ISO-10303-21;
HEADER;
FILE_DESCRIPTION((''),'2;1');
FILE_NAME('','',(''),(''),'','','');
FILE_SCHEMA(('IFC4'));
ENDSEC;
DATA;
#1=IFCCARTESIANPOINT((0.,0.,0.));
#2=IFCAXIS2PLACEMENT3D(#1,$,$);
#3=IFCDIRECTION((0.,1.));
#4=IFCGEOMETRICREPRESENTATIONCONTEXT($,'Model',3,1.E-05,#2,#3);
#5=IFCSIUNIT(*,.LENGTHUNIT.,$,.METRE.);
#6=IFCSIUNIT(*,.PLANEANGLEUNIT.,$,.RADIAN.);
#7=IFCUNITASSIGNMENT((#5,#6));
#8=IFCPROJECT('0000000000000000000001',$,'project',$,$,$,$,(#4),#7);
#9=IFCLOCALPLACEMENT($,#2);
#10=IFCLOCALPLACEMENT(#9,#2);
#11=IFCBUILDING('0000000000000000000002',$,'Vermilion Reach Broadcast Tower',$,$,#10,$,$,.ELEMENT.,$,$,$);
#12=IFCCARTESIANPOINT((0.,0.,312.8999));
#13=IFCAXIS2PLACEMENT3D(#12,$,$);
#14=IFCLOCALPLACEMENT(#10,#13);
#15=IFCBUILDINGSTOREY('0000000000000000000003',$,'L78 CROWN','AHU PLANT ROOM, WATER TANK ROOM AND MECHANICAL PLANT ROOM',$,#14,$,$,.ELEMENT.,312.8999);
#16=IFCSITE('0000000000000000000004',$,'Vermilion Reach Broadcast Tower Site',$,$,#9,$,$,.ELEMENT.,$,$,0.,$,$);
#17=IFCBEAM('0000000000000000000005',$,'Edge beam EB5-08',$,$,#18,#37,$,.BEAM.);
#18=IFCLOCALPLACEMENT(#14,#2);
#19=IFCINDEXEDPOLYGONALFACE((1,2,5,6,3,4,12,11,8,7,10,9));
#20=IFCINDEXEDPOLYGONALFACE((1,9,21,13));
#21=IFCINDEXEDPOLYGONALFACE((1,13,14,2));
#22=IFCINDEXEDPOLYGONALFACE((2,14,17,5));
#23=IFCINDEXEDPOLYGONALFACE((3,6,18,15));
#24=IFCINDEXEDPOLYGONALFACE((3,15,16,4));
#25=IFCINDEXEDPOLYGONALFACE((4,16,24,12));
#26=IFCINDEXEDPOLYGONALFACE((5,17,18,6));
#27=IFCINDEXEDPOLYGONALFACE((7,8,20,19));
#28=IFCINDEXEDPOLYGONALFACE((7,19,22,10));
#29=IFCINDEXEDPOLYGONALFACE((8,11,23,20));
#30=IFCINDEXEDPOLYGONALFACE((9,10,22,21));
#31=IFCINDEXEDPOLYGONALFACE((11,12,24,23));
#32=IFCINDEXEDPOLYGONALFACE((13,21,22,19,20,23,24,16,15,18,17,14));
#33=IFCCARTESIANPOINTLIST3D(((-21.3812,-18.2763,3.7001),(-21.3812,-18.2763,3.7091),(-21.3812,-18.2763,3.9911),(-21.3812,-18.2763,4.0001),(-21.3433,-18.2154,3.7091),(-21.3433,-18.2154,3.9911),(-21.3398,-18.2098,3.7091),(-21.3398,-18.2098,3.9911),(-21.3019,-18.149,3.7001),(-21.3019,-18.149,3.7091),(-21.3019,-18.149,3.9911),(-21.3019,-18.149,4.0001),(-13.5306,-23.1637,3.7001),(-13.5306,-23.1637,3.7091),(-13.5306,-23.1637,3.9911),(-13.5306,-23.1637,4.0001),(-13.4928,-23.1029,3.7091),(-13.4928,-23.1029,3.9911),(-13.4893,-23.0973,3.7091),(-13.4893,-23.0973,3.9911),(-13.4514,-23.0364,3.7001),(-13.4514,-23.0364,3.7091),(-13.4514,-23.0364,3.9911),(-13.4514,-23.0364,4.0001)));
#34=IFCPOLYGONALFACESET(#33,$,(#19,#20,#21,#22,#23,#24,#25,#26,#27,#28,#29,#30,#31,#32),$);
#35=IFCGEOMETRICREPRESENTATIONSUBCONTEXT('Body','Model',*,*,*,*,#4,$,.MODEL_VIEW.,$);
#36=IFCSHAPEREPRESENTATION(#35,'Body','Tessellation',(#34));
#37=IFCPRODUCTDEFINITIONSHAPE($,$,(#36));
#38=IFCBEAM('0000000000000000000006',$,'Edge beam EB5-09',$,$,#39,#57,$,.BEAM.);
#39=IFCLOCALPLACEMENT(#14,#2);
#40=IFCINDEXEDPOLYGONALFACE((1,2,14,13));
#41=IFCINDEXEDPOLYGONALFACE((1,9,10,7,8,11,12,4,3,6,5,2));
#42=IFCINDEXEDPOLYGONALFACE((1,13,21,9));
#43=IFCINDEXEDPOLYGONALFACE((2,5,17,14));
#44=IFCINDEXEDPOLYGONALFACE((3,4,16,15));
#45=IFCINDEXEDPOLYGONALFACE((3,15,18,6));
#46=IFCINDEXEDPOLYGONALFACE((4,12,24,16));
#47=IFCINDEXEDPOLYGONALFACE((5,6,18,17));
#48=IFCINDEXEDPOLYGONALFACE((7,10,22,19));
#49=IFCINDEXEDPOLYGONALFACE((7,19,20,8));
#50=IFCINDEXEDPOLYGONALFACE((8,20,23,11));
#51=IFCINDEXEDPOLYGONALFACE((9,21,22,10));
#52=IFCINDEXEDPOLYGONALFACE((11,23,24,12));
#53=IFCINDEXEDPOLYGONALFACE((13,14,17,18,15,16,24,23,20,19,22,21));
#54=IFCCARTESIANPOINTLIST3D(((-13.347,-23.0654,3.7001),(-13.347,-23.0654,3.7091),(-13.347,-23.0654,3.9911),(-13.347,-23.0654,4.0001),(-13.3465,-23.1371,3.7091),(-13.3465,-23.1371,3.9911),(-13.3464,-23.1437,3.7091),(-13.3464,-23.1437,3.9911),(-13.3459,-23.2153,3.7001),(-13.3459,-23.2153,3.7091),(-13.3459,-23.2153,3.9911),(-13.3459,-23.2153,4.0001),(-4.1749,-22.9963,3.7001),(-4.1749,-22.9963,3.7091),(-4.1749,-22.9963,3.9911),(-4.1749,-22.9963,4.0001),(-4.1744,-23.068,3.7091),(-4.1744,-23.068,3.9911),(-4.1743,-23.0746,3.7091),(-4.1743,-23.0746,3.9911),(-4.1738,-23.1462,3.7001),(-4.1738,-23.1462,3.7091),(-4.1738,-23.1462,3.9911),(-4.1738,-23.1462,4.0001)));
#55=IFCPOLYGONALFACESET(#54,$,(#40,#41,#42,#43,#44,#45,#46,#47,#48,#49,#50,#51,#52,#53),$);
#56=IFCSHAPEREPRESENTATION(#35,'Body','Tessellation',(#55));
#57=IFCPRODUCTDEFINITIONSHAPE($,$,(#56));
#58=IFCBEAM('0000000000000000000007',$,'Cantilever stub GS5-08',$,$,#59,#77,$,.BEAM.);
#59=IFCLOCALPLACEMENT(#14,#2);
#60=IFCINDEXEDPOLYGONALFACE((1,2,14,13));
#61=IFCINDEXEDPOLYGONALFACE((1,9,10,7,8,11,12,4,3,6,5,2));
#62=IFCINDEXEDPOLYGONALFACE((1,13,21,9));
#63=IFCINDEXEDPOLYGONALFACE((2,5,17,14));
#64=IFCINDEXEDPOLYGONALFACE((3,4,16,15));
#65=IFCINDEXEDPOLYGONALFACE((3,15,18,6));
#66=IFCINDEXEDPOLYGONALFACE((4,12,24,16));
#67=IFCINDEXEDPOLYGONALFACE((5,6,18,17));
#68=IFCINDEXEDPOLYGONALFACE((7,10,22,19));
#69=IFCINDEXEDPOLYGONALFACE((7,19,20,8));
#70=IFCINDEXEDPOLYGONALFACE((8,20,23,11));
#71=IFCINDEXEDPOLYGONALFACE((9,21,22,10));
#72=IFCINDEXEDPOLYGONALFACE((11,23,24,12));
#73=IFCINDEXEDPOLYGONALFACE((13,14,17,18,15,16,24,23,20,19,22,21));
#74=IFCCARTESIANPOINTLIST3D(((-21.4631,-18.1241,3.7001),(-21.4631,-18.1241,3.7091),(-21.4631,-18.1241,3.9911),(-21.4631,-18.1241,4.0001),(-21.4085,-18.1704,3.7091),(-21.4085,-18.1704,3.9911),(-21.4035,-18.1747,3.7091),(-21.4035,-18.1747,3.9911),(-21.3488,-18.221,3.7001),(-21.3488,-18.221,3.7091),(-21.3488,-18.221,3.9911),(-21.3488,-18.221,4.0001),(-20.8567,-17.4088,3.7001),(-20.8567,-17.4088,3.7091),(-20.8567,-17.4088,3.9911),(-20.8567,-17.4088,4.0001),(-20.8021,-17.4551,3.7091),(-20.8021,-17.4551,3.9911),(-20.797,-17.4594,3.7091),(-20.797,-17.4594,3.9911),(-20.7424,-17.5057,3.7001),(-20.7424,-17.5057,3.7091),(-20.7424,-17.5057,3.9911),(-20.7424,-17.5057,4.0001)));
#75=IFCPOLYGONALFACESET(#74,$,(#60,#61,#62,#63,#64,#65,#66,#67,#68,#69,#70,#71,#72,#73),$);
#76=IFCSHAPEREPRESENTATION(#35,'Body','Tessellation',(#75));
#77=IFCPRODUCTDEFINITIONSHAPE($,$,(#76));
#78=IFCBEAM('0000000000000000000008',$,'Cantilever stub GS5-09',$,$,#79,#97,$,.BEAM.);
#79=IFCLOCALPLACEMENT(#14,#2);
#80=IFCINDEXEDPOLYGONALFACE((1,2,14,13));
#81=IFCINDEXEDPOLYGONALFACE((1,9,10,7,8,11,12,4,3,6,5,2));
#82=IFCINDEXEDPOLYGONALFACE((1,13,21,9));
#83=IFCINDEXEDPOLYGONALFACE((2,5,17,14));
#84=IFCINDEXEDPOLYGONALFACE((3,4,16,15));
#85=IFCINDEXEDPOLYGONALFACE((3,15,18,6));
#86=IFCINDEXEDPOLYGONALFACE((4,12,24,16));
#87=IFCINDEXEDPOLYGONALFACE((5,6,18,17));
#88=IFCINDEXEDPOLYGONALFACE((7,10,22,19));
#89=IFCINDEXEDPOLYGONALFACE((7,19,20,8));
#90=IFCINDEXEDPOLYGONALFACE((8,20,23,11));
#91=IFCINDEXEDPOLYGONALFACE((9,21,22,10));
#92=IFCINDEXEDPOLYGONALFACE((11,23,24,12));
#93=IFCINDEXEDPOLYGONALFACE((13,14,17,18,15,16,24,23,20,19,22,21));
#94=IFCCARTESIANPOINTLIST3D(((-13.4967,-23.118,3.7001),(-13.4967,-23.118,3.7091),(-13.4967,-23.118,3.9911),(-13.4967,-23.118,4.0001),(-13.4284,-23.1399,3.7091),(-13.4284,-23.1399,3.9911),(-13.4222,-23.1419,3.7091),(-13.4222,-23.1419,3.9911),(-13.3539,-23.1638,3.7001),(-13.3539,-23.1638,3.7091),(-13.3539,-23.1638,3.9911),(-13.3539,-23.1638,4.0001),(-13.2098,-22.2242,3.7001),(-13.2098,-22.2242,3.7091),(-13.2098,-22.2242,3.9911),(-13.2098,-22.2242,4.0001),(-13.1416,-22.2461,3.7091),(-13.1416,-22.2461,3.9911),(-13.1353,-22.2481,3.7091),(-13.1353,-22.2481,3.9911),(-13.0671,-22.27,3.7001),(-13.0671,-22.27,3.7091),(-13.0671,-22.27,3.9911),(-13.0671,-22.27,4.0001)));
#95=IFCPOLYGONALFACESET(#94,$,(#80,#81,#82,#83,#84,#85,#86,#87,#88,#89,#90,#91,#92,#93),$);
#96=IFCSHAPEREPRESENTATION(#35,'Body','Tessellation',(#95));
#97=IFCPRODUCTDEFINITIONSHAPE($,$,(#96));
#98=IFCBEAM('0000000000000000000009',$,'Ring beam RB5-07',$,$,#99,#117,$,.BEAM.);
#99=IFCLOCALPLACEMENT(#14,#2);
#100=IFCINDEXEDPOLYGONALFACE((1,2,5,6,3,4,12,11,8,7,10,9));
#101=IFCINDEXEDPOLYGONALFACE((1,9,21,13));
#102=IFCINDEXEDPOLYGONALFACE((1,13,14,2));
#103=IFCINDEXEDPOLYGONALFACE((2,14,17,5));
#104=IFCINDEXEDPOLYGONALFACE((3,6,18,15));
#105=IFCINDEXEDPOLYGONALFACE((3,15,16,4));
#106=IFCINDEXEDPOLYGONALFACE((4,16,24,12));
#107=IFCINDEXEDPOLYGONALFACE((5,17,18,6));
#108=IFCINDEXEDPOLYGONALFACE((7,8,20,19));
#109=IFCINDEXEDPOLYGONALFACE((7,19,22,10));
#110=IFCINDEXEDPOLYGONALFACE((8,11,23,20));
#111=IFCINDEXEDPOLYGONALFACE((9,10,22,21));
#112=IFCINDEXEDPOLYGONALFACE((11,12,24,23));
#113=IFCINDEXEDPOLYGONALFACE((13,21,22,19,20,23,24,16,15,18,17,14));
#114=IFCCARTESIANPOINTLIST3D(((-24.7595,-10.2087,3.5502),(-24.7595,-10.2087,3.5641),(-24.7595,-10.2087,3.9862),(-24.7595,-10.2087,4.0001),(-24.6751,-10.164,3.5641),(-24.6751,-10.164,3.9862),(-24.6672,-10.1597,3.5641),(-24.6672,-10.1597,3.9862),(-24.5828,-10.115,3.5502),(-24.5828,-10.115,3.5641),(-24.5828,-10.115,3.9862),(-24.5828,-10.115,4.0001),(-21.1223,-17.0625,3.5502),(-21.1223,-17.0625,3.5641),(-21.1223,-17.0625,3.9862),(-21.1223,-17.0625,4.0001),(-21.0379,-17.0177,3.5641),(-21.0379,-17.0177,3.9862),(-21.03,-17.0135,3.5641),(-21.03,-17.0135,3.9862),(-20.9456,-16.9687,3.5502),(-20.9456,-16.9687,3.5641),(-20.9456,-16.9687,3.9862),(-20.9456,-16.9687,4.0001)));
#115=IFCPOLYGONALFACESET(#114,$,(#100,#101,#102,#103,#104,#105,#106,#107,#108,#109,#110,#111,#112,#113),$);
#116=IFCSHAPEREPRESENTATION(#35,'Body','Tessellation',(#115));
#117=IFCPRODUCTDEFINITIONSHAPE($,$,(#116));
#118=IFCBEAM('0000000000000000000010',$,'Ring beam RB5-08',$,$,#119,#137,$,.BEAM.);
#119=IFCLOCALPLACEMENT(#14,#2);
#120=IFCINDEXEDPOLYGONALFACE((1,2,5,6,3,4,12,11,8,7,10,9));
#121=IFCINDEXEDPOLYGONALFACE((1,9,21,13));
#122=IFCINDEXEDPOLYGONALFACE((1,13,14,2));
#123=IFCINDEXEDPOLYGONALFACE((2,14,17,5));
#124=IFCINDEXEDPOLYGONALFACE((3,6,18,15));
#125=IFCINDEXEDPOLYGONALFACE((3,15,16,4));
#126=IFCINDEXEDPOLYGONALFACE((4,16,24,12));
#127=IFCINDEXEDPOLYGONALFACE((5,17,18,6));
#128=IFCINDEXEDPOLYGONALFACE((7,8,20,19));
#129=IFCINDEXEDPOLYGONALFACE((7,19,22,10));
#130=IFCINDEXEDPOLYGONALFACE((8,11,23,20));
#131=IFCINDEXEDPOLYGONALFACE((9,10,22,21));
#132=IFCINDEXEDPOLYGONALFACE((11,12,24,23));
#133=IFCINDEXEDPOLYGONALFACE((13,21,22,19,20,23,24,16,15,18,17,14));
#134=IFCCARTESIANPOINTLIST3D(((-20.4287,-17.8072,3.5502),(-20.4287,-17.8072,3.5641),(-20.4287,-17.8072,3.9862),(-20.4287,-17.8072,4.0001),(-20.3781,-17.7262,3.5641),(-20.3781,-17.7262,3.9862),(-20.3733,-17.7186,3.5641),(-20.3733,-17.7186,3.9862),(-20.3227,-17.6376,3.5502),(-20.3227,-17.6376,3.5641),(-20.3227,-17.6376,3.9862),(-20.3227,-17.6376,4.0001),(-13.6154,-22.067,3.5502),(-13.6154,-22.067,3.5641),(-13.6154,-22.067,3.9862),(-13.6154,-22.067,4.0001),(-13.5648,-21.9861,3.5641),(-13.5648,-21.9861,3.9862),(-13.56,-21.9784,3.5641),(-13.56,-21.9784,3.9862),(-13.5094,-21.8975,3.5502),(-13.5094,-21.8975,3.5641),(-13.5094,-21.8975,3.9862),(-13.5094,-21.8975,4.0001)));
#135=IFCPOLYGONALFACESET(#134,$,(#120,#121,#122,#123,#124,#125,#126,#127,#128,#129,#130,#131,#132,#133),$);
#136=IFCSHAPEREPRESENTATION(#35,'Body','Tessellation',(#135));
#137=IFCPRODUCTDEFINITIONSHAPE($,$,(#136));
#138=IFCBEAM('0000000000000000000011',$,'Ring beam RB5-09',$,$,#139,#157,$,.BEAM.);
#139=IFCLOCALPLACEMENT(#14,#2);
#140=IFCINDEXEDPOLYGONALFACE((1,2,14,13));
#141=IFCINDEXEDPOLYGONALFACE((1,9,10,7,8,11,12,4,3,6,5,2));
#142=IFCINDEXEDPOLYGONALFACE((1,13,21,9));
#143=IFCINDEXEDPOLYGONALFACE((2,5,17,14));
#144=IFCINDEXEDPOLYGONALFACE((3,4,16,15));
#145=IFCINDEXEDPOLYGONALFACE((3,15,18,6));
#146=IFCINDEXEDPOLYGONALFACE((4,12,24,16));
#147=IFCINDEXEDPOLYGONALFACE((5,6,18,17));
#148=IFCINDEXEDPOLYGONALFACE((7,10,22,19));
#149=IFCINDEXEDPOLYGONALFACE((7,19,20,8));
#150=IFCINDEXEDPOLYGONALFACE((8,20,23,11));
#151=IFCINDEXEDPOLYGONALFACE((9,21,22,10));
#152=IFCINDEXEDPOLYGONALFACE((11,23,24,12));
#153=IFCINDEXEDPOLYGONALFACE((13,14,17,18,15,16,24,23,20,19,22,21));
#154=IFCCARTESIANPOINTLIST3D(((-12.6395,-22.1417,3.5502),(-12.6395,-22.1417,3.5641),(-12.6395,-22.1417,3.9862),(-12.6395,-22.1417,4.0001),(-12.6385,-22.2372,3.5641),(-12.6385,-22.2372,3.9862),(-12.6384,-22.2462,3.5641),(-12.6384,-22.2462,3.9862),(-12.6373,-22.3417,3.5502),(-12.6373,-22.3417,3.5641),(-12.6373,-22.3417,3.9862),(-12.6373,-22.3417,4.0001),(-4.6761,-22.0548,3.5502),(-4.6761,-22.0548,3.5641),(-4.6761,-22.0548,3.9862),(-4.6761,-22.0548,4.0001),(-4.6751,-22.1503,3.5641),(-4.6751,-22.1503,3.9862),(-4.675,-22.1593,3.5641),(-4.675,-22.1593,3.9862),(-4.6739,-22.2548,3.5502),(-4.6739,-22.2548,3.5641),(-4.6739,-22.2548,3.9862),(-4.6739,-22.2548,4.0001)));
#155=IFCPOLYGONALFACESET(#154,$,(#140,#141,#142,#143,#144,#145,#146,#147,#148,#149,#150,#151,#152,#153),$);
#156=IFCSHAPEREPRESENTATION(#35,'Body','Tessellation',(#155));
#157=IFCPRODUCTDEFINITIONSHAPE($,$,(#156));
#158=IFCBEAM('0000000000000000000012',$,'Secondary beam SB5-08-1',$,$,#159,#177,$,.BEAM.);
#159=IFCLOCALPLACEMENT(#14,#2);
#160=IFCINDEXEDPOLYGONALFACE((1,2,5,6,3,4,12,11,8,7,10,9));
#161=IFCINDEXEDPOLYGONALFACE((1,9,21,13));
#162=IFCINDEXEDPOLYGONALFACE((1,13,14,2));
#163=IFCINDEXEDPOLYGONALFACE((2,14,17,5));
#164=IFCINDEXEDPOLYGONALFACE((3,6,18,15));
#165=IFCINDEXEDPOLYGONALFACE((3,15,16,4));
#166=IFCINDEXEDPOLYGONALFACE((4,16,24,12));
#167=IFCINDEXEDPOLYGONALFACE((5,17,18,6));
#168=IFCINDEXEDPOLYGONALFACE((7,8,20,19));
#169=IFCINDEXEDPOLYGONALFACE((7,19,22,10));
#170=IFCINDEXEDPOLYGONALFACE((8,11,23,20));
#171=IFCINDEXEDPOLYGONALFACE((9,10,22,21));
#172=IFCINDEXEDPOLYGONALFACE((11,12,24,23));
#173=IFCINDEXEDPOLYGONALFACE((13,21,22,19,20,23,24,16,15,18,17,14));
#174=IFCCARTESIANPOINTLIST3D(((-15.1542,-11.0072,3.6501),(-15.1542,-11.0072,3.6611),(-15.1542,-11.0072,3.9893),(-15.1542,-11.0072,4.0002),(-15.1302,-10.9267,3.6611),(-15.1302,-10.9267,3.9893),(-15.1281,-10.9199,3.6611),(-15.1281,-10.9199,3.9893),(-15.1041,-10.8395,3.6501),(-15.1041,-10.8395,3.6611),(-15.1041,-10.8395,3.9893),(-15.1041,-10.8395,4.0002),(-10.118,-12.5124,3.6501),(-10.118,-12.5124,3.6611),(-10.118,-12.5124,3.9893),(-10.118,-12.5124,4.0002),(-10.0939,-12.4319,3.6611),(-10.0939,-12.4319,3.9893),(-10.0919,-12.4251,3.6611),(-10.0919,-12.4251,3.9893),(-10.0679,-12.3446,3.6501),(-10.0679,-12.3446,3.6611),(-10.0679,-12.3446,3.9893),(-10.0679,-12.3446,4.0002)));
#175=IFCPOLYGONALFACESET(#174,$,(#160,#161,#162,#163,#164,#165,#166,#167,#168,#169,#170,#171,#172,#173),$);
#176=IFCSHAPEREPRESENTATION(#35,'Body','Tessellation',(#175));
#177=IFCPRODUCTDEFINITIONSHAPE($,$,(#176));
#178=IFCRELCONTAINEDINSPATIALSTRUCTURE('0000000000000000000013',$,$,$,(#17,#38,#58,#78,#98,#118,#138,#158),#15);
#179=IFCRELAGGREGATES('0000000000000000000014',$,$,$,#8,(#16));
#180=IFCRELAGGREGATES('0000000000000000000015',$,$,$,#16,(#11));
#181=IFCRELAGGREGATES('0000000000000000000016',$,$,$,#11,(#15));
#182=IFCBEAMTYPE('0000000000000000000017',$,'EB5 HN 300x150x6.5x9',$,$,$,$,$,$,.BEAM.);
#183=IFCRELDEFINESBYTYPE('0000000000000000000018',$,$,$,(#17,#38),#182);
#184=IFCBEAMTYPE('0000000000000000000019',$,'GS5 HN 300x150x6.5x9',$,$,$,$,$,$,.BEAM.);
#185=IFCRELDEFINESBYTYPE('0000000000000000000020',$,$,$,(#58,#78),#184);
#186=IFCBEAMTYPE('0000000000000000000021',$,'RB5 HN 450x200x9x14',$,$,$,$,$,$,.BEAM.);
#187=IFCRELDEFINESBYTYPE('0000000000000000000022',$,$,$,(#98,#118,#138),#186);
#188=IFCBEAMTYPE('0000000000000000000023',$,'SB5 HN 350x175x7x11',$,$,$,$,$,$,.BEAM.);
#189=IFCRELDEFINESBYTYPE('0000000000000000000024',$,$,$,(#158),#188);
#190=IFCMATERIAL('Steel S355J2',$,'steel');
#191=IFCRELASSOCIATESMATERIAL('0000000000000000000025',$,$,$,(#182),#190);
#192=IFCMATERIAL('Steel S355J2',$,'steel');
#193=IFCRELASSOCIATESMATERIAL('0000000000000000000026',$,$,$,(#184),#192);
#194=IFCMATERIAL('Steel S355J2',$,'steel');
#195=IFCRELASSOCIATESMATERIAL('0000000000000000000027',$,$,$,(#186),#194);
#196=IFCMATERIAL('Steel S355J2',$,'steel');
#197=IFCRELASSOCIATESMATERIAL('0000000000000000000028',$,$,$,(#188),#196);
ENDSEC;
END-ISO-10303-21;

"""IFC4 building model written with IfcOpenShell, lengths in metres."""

from ifc_helpers import new_model, si_unit, direction, frame, origin, origin_2d, place, context, subcontext, project, spatial, i_section, extrude, material, material_profile, profile_set, type_object, element, save


model = new_model("IFC4")

# Units and contexts
model_context = context("Model", 3, precision=1e-05, world=origin(), true_north=direction((0.0, 1.0)))
body_context = subcontext(model_context, "Body", "Model", "MODEL_VIEW")
ifc_project = project(units=[si_unit("LENGTHUNIT", "METRE"), si_unit("PLANEANGLEUNIT", "RADIAN")], contexts=[model_context])

# Site, building, storey
site_placement = place(None, origin())
site = spatial("IfcSite", under=ifc_project, at=site_placement, Name="Vermilion Reach Broadcast Tower Site", CompositionType="ELEMENT", RefElevation=0.0)
building_placement = place(site_placement, origin())
building = spatial("IfcBuilding", under=site, at=building_placement, Name="Vermilion Reach Broadcast Tower", CompositionType="ELEMENT")
storey_placement = place(building_placement, frame((0.0, 0.0, 312.8999)))
storey = spatial("IfcBuildingStorey", under=building, at=storey_placement, Name="L78 CROWN", Description="AHU PLANT ROOM, WATER TANK ROOM AND MECHANICAL PLANT ROOM", CompositionType="ELEMENT", Elevation=312.8999)

# Beams
ifc_material_1 = material(Name="Steel S355J2", Category="steel")
ifc_material_profile_1 = material_profile(ifc_material_1, i_section(OverallWidth=0.1499, OverallDepth=0.3, WebThickness=0.0066, FlangeThickness=0.009, at=origin_2d()), Name="S355J2 HN 300x150x6.5x9")
ifc_profile_set_1 = profile_set([ifc_material_profile_1], Name="Steel S355J2")
beam_type_1 = type_object("IfcBeamType", Name="EB5 HN 300x150x6.5x9", PredefinedType="BEAM", material=ifc_profile_set_1)
beam_1_placement = place(storey_placement, frame((-21.3416, -18.2126, 3.8501), z_axis=(0.848928, -0.528508, 0.0), x_axis=(0.528508, 0.848928, 0.0)))
element("IfcBeam", 1, at=beam_1_placement, inside=storey, type_object=beam_type_1, Name="Edge beam EB5-08", PredefinedType="BEAM", context=body_context, shape_type="SweptSolid", body=[
    extrude(i_section(OverallWidth=0.1499, OverallDepth=0.3, WebThickness=0.0066, FlangeThickness=0.009, at=origin_2d()), origin(), (0.0, 0.0, 1.0), 9.2476),
])
beam_2_placement = place(storey_placement, frame((-13.3464, -23.1404, 3.8501), z_axis=(0.999972, 0.007533, 0.0), x_axis=(-0.007533, 0.999972, 0.0)))
element("IfcBeam", 2, at=beam_2_placement, inside=storey, type_object=beam_type_1, Name="Edge beam EB5-09", PredefinedType="BEAM", context=body_context, shape_type="SweptSolid", body=[
    extrude(i_section(OverallWidth=0.1499, OverallDepth=0.3, WebThickness=0.0066, FlangeThickness=0.009, at=origin_2d()), origin(), (0.0, 0.0, 1.0), 9.1724),
])
ifc_material_2 = material(Name="Steel S355J2", Category="steel")
ifc_material_profile_2 = material_profile(ifc_material_2, i_section(OverallWidth=0.1499, OverallDepth=0.3, WebThickness=0.0066, FlangeThickness=0.009, at=origin_2d()), Name="S355J2 HN 300x150x6.5x9")
ifc_profile_set_2 = profile_set([ifc_material_profile_2], Name="Steel S355J2")
beam_type_2 = type_object("IfcBeamType", Name="GS5 HN 300x150x6.5x9", PredefinedType="BEAM", material=ifc_profile_set_2)
beam_3_placement = place(storey_placement, frame((-20.7996, -17.4573, 3.8501), z_axis=(-0.646665, -0.762774, 0.0), x_axis=(0.762774, -0.646665, 0.0)))
element("IfcBeam", 3, at=beam_3_placement, inside=storey, type_object=beam_type_2, Name="Cantilever stub GS5-08", PredefinedType="BEAM", context=body_context, shape_type="SweptSolid", body=[
    extrude(i_section(OverallWidth=0.1499, OverallDepth=0.3, WebThickness=0.0066, FlangeThickness=0.009, at=origin_2d()), origin(), (0.0, 0.0, 1.0), 0.9377),
])
beam_4_placement = place(storey_placement, frame((-13.1384, -22.2471, 3.8501), z_axis=(-0.305597, -0.952161, 0.0), x_axis=(0.952161, -0.305597, 0.0)))
element("IfcBeam", 4, at=beam_4_placement, inside=storey, type_object=beam_type_2, Name="Cantilever stub GS5-09", PredefinedType="BEAM", context=body_context, shape_type="SweptSolid", body=[
    extrude(i_section(OverallWidth=0.1499, OverallDepth=0.3, WebThickness=0.0066, FlangeThickness=0.009, at=origin_2d()), origin(), (0.0, 0.0, 1.0), 0.9387),
])
ifc_material_3 = material(Name="Steel S355J2", Category="steel")
ifc_material_profile_3 = material_profile(ifc_material_3, i_section(OverallWidth=0.2, OverallDepth=0.45, WebThickness=0.009, FlangeThickness=0.0139, at=origin_2d()), Name="S355J2 HN 450x200x9x14")
ifc_profile_set_3 = profile_set([ifc_material_profile_3], Name="Steel S355J2")
beam_type_3 = type_object("IfcBeamType", Name="RB5 HN 450x200x9x14", PredefinedType="BEAM", material=ifc_profile_set_3)
beam_5_placement = place(storey_placement, frame((-24.6711, -10.1619, 3.7751), z_axis=(0.468768, -0.883321, 0.0), x_axis=(0.883321, 0.468768, 0.0)))
element("IfcBeam", 5, at=beam_5_placement, inside=storey, type_object=beam_type_3, Name="Ring beam RB5-07", PredefinedType="BEAM", context=body_context, shape_type="SweptSolid", body=[
    extrude(i_section(OverallWidth=0.2, OverallDepth=0.45, WebThickness=0.009, FlangeThickness=0.0139, at=origin_2d()), origin(), (0.0, 0.0, 1.0), 7.759),
])
beam_6_placement = place(storey_placement, frame((-20.3757, -17.7224, 3.7751), z_axis=(0.847915, -0.530133, 0.0), x_axis=(0.530133, 0.847915, 0.0)))
element("IfcBeam", 6, at=beam_6_placement, inside=storey, type_object=beam_type_3, Name="Ring beam RB5-08", PredefinedType="BEAM", context=body_context, shape_type="SweptSolid", body=[
    extrude(i_section(OverallWidth=0.2, OverallDepth=0.45, WebThickness=0.009, FlangeThickness=0.0139, at=origin_2d()), origin(), (0.0, 0.0, 1.0), 8.0354),
])
beam_7_placement = place(storey_placement, frame((-12.6384, -22.2417, 3.7751), z_axis=(0.99994, 0.010914, 0.0), x_axis=(-0.010914, 0.99994, 0.0)))
element("IfcBeam", 7, at=beam_7_placement, inside=storey, type_object=beam_type_3, Name="Ring beam RB5-09", PredefinedType="BEAM", context=body_context, shape_type="SweptSolid", body=[
    extrude(i_section(OverallWidth=0.2, OverallDepth=0.45, WebThickness=0.009, FlangeThickness=0.0139, at=origin_2d()), origin(), (0.0, 0.0, 1.0), 7.9639),
])
ifc_material_4 = material(Name="Steel S355J2", Category="steel")
ifc_material_profile_4 = material_profile(ifc_material_4, i_section(OverallWidth=0.175, OverallDepth=0.3501, WebThickness=0.0071, FlangeThickness=0.011, at=origin_2d()), Name="S355J2 HN 350x175x7x11")
ifc_profile_set_4 = profile_set([ifc_material_profile_4], Name="Steel S355J2")
beam_type_4 = type_object("IfcBeamType", Name="SB5 HN 350x175x7x11", PredefinedType="BEAM", material=ifc_profile_set_4)
beam_8_placement = place(storey_placement, frame((-15.1292, -10.9233, 3.8252), z_axis=(0.958125, -0.286351, 0.0), x_axis=(0.286351, 0.958125, 0.0)))
element("IfcBeam", 8, at=beam_8_placement, inside=storey, type_object=beam_type_4, Name="Secondary beam SB5-08-1", PredefinedType="BEAM", context=body_context, shape_type="SweptSolid", body=[
    extrude(i_section(OverallWidth=0.175, OverallDepth=0.3501, WebThickness=0.0071, FlangeThickness=0.011, at=origin_2d()), origin(), (0.0, 0.0, 1.0), 5.2563),
])

save(model, "model.ifc")
